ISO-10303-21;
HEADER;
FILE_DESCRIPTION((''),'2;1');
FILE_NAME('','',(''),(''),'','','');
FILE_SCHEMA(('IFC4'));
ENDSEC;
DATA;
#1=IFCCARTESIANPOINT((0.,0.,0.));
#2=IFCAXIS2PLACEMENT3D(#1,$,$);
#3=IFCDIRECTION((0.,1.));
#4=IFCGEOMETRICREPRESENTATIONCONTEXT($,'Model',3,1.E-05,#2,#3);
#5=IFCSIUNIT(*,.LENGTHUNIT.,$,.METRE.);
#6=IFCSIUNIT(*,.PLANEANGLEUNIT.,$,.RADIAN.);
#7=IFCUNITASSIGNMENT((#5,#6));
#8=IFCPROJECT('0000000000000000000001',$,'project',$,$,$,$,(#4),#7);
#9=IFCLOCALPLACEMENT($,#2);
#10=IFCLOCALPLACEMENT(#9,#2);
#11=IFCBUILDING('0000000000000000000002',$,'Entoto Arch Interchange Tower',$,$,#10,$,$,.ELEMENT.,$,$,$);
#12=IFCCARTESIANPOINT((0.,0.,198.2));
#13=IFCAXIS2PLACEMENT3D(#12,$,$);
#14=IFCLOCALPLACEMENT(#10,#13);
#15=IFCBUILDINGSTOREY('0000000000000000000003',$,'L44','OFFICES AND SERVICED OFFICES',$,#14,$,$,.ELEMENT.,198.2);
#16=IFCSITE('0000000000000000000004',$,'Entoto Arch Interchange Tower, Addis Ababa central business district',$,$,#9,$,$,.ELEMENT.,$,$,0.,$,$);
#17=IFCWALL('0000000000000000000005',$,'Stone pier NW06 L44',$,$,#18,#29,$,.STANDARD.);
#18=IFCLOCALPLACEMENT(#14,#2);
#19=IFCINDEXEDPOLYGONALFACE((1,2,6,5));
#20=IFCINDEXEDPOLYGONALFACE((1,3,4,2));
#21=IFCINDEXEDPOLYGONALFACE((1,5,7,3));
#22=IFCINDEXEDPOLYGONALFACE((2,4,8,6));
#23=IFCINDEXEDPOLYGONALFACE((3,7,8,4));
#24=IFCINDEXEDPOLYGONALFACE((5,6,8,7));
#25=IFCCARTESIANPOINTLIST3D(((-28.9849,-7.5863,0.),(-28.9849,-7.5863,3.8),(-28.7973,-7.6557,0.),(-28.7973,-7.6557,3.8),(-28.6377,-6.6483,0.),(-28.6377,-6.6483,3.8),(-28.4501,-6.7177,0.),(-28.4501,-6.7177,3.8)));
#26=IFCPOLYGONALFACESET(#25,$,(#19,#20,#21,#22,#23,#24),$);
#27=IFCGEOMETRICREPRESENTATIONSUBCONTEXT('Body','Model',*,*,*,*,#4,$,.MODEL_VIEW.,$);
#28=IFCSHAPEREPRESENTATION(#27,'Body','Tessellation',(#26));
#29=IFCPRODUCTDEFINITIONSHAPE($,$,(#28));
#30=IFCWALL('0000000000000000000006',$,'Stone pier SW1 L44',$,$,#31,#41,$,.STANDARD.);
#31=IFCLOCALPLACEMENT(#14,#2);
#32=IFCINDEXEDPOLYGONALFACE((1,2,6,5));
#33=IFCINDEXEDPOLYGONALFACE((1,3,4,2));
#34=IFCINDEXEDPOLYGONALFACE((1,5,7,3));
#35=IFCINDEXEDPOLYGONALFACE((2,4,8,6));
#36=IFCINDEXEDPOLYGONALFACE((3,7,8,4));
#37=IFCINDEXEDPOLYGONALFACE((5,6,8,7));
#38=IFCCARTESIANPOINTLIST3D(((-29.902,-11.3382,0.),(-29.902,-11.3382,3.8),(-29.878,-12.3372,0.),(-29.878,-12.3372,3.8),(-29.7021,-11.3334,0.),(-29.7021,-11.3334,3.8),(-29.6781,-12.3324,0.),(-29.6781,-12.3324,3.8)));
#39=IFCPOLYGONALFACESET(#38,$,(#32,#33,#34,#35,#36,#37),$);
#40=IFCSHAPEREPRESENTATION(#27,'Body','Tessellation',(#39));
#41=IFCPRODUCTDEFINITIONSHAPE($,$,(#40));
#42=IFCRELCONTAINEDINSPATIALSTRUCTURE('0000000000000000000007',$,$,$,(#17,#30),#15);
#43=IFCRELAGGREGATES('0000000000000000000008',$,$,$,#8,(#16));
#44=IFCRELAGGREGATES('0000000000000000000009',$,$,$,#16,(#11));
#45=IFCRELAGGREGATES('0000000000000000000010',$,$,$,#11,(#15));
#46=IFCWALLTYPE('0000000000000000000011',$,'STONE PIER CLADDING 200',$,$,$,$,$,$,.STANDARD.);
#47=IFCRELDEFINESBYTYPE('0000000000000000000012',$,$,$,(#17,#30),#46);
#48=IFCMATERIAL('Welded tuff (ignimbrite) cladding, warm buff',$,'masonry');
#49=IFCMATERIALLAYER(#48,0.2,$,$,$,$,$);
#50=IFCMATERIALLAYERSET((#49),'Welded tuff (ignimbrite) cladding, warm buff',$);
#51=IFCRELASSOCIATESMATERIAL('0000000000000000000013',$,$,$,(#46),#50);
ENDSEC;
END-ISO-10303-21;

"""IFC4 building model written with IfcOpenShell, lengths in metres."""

from ifc_helpers import new_model, si_unit, direction, frame, frame_2d, origin, place, context, subcontext, project, spatial, rectangle, extrude, material, layer, layer_set, type_object, element, save


model = new_model("IFC4")

# Units and contexts
model_context = context("Model", 3, precision=1e-05, world=origin(), true_north=direction((0.0, 1.0)))
body_context = subcontext(model_context, "Body", "Model", "MODEL_VIEW")
ifc_project = project(units=[si_unit("LENGTHUNIT", "METRE"), si_unit("PLANEANGLEUNIT", "RADIAN")], contexts=[model_context])

# Site, building, storey
site_placement = place(None, origin())
site = spatial("IfcSite", under=ifc_project, at=site_placement, Name="Entoto Arch Interchange Tower, Addis Ababa central business district", CompositionType="ELEMENT", RefElevation=0.0)
building_placement = place(site_placement, origin())
building = spatial("IfcBuilding", under=site, at=building_placement, Name="Entoto Arch Interchange Tower", CompositionType="ELEMENT")
storey_placement = place(building_placement, frame((0.0, 0.0, 198.2)))
storey = spatial("IfcBuildingStorey", under=building, at=storey_placement, Name="L44", Description="OFFICES AND SERVICED OFFICES", CompositionType="ELEMENT", Elevation=198.2)

# Shared definitions
ifc_material_1 = material(Name="Welded tuff (ignimbrite) cladding, warm buff", Category="masonry")

# Walls
ifc_layer_1 = layer(ifc_material_1, 0.2)
ifc_layer_set_1 = layer_set([ifc_layer_1], Name="Welded tuff (ignimbrite) cladding, warm buff")
wall_type_1 = type_object("IfcWallType", Name="STONE PIER CLADDING 200", PredefinedType="STANDARD", material=ifc_layer_set_1)
wall_1_placement = place(storey_placement, frame((-28.5439, -6.6831, 0.0), z_axis=(0.0, 0.0, 1.0), x_axis=(-0.347108, -0.937825, 0.0)))
element("IfcWall", 1, at=wall_1_placement, inside=storey, type_object=wall_type_1, Name="Stone pier NW06 L44", PredefinedType="STANDARD", context=body_context, shape_type="SweptSolid", body=[
    extrude(rectangle(XDim=1.0002, YDim=0.2, at=frame_2d((0.5, 0.0))), origin(), (0.0, 0.0, 1.0), 3.8),
])
wall_2_placement = place(storey_placement, frame((-29.802, -11.3359, 0.0), z_axis=(0.0, 0.0, 1.0), x_axis=(0.023942, -0.999713, 0.0)))
element("IfcWall", 2, at=wall_2_placement, inside=storey, type_object=wall_type_1, Name="Stone pier SW1 L44", PredefinedType="STANDARD", context=body_context, shape_type="SweptSolid", body=[
    extrude(rectangle(XDim=0.9993, YDim=0.2, at=frame_2d((0.4995, 0.0))), origin(), (0.0, 0.0, 1.0), 3.8),
])

save(model, "model.ifc")
